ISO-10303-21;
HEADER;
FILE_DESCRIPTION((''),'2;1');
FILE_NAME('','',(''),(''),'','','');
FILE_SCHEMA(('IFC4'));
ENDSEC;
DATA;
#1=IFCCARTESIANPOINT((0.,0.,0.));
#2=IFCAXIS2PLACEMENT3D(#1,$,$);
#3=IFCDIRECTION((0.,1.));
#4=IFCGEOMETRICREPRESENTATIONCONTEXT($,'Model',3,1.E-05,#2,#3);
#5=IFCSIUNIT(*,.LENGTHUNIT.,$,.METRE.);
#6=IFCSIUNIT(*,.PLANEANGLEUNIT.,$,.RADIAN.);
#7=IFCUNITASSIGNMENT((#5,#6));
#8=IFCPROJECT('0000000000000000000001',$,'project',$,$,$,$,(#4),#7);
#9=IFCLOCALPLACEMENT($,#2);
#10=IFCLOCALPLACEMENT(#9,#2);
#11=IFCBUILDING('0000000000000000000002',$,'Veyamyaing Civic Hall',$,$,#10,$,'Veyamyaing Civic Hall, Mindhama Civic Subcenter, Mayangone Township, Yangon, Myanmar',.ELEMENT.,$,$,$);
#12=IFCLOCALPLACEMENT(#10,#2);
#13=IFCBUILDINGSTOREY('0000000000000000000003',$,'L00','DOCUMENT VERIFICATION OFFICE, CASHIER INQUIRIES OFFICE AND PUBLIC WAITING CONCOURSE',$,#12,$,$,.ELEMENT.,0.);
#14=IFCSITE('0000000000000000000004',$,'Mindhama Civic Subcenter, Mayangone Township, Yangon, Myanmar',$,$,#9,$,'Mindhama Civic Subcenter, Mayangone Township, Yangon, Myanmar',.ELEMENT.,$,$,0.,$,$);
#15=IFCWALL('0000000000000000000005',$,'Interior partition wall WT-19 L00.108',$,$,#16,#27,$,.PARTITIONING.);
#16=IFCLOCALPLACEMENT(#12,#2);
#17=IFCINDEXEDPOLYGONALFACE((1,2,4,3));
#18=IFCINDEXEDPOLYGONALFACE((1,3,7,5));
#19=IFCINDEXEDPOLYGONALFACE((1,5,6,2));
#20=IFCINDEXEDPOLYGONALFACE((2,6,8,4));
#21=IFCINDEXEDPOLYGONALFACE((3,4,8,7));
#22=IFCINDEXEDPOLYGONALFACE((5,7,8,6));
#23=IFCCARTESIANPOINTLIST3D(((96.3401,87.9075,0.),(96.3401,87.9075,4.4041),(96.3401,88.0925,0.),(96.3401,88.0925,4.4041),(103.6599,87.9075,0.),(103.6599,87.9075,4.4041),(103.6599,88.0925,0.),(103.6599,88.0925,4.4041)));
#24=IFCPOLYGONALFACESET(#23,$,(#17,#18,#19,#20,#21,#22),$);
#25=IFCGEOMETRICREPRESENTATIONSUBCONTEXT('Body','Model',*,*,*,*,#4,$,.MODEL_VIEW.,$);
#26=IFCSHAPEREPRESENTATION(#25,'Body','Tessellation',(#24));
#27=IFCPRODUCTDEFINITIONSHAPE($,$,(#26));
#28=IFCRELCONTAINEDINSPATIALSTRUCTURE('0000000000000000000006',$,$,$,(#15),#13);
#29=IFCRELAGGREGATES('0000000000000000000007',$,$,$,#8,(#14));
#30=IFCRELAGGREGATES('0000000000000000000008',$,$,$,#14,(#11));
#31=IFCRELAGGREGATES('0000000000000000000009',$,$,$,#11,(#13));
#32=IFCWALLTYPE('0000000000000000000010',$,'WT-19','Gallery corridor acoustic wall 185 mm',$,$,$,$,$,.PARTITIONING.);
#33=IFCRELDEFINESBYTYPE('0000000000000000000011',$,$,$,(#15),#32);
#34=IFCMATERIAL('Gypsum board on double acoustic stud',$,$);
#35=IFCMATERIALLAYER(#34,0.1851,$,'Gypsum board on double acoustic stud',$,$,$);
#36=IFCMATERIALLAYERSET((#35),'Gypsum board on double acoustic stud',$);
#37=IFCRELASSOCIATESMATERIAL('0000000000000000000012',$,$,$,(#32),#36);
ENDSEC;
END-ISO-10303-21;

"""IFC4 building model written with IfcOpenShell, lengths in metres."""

from ifc_helpers import new_model, si_unit, direction, frame, frame_2d, origin, place, context, subcontext, project, spatial, rectangle, extrude, material, layer, layer_set, type_object, element, save


model = new_model("IFC4")

# Units and contexts
model_context = context("Model", 3, precision=1e-05, world=origin(), true_north=direction((0.0, 1.0)))
body_context = subcontext(model_context, "Body", "Model", "MODEL_VIEW")
ifc_project = project(units=[si_unit("LENGTHUNIT", "METRE"), si_unit("PLANEANGLEUNIT", "RADIAN")], contexts=[model_context])

# Site, building, storey
site_placement = place(None, origin())
site = spatial("IfcSite", under=ifc_project, at=site_placement, Name="Mindhama Civic Subcenter, Mayangone Township, Yangon, Myanmar", LongName="Mindhama Civic Subcenter, Mayangone Township, Yangon, Myanmar", CompositionType="ELEMENT", RefElevation=0.0)
building_placement = place(site_placement, origin())
building = spatial("IfcBuilding", under=site, at=building_placement, Name="Veyamyaing Civic Hall", LongName="Veyamyaing Civic Hall, Mindhama Civic Subcenter, Mayangone Township, Yangon, Myanmar", CompositionType="ELEMENT")
storey_placement = place(building_placement, origin())
storey = spatial("IfcBuildingStorey", under=building, at=storey_placement, Name="L00", Description="DOCUMENT VERIFICATION OFFICE, CASHIER INQUIRIES OFFICE AND PUBLIC WAITING CONCOURSE", CompositionType="ELEMENT", Elevation=0.0)

# Shared definitions
ifc_material_1 = material(Name="Gypsum board on double acoustic stud")
ifc_layer_1 = layer(ifc_material_1, 0.1851, Name="Gypsum board on double acoustic stud")
ifc_layer_set_1 = layer_set([ifc_layer_1], Name="Gypsum board on double acoustic stud")
wall_type_1 = type_object("IfcWallType", Name="WT-19", Description="Gallery corridor acoustic wall 185 mm", PredefinedType="PARTITIONING", material=ifc_layer_set_1)

# Wall
wall_1_placement = place(storey_placement, frame((96.3401, 88.0, 0.0), z_axis=(0.0, 0.0, 1.0), x_axis=(1.0, 0.0, 0.0)))
element("IfcWall", 1, at=wall_1_placement, inside=storey, type_object=wall_type_1, Name="Interior partition wall WT-19 L00.108", PredefinedType="PARTITIONING", context=body_context, shape_type="SweptSolid", body=[
    extrude(rectangle(XDim=7.3198, YDim=0.1851, at=frame_2d((3.6599, 0.0))), origin(), (0.0, 0.0, 1.0), 4.4041),
])

save(model, "model.ifc")
